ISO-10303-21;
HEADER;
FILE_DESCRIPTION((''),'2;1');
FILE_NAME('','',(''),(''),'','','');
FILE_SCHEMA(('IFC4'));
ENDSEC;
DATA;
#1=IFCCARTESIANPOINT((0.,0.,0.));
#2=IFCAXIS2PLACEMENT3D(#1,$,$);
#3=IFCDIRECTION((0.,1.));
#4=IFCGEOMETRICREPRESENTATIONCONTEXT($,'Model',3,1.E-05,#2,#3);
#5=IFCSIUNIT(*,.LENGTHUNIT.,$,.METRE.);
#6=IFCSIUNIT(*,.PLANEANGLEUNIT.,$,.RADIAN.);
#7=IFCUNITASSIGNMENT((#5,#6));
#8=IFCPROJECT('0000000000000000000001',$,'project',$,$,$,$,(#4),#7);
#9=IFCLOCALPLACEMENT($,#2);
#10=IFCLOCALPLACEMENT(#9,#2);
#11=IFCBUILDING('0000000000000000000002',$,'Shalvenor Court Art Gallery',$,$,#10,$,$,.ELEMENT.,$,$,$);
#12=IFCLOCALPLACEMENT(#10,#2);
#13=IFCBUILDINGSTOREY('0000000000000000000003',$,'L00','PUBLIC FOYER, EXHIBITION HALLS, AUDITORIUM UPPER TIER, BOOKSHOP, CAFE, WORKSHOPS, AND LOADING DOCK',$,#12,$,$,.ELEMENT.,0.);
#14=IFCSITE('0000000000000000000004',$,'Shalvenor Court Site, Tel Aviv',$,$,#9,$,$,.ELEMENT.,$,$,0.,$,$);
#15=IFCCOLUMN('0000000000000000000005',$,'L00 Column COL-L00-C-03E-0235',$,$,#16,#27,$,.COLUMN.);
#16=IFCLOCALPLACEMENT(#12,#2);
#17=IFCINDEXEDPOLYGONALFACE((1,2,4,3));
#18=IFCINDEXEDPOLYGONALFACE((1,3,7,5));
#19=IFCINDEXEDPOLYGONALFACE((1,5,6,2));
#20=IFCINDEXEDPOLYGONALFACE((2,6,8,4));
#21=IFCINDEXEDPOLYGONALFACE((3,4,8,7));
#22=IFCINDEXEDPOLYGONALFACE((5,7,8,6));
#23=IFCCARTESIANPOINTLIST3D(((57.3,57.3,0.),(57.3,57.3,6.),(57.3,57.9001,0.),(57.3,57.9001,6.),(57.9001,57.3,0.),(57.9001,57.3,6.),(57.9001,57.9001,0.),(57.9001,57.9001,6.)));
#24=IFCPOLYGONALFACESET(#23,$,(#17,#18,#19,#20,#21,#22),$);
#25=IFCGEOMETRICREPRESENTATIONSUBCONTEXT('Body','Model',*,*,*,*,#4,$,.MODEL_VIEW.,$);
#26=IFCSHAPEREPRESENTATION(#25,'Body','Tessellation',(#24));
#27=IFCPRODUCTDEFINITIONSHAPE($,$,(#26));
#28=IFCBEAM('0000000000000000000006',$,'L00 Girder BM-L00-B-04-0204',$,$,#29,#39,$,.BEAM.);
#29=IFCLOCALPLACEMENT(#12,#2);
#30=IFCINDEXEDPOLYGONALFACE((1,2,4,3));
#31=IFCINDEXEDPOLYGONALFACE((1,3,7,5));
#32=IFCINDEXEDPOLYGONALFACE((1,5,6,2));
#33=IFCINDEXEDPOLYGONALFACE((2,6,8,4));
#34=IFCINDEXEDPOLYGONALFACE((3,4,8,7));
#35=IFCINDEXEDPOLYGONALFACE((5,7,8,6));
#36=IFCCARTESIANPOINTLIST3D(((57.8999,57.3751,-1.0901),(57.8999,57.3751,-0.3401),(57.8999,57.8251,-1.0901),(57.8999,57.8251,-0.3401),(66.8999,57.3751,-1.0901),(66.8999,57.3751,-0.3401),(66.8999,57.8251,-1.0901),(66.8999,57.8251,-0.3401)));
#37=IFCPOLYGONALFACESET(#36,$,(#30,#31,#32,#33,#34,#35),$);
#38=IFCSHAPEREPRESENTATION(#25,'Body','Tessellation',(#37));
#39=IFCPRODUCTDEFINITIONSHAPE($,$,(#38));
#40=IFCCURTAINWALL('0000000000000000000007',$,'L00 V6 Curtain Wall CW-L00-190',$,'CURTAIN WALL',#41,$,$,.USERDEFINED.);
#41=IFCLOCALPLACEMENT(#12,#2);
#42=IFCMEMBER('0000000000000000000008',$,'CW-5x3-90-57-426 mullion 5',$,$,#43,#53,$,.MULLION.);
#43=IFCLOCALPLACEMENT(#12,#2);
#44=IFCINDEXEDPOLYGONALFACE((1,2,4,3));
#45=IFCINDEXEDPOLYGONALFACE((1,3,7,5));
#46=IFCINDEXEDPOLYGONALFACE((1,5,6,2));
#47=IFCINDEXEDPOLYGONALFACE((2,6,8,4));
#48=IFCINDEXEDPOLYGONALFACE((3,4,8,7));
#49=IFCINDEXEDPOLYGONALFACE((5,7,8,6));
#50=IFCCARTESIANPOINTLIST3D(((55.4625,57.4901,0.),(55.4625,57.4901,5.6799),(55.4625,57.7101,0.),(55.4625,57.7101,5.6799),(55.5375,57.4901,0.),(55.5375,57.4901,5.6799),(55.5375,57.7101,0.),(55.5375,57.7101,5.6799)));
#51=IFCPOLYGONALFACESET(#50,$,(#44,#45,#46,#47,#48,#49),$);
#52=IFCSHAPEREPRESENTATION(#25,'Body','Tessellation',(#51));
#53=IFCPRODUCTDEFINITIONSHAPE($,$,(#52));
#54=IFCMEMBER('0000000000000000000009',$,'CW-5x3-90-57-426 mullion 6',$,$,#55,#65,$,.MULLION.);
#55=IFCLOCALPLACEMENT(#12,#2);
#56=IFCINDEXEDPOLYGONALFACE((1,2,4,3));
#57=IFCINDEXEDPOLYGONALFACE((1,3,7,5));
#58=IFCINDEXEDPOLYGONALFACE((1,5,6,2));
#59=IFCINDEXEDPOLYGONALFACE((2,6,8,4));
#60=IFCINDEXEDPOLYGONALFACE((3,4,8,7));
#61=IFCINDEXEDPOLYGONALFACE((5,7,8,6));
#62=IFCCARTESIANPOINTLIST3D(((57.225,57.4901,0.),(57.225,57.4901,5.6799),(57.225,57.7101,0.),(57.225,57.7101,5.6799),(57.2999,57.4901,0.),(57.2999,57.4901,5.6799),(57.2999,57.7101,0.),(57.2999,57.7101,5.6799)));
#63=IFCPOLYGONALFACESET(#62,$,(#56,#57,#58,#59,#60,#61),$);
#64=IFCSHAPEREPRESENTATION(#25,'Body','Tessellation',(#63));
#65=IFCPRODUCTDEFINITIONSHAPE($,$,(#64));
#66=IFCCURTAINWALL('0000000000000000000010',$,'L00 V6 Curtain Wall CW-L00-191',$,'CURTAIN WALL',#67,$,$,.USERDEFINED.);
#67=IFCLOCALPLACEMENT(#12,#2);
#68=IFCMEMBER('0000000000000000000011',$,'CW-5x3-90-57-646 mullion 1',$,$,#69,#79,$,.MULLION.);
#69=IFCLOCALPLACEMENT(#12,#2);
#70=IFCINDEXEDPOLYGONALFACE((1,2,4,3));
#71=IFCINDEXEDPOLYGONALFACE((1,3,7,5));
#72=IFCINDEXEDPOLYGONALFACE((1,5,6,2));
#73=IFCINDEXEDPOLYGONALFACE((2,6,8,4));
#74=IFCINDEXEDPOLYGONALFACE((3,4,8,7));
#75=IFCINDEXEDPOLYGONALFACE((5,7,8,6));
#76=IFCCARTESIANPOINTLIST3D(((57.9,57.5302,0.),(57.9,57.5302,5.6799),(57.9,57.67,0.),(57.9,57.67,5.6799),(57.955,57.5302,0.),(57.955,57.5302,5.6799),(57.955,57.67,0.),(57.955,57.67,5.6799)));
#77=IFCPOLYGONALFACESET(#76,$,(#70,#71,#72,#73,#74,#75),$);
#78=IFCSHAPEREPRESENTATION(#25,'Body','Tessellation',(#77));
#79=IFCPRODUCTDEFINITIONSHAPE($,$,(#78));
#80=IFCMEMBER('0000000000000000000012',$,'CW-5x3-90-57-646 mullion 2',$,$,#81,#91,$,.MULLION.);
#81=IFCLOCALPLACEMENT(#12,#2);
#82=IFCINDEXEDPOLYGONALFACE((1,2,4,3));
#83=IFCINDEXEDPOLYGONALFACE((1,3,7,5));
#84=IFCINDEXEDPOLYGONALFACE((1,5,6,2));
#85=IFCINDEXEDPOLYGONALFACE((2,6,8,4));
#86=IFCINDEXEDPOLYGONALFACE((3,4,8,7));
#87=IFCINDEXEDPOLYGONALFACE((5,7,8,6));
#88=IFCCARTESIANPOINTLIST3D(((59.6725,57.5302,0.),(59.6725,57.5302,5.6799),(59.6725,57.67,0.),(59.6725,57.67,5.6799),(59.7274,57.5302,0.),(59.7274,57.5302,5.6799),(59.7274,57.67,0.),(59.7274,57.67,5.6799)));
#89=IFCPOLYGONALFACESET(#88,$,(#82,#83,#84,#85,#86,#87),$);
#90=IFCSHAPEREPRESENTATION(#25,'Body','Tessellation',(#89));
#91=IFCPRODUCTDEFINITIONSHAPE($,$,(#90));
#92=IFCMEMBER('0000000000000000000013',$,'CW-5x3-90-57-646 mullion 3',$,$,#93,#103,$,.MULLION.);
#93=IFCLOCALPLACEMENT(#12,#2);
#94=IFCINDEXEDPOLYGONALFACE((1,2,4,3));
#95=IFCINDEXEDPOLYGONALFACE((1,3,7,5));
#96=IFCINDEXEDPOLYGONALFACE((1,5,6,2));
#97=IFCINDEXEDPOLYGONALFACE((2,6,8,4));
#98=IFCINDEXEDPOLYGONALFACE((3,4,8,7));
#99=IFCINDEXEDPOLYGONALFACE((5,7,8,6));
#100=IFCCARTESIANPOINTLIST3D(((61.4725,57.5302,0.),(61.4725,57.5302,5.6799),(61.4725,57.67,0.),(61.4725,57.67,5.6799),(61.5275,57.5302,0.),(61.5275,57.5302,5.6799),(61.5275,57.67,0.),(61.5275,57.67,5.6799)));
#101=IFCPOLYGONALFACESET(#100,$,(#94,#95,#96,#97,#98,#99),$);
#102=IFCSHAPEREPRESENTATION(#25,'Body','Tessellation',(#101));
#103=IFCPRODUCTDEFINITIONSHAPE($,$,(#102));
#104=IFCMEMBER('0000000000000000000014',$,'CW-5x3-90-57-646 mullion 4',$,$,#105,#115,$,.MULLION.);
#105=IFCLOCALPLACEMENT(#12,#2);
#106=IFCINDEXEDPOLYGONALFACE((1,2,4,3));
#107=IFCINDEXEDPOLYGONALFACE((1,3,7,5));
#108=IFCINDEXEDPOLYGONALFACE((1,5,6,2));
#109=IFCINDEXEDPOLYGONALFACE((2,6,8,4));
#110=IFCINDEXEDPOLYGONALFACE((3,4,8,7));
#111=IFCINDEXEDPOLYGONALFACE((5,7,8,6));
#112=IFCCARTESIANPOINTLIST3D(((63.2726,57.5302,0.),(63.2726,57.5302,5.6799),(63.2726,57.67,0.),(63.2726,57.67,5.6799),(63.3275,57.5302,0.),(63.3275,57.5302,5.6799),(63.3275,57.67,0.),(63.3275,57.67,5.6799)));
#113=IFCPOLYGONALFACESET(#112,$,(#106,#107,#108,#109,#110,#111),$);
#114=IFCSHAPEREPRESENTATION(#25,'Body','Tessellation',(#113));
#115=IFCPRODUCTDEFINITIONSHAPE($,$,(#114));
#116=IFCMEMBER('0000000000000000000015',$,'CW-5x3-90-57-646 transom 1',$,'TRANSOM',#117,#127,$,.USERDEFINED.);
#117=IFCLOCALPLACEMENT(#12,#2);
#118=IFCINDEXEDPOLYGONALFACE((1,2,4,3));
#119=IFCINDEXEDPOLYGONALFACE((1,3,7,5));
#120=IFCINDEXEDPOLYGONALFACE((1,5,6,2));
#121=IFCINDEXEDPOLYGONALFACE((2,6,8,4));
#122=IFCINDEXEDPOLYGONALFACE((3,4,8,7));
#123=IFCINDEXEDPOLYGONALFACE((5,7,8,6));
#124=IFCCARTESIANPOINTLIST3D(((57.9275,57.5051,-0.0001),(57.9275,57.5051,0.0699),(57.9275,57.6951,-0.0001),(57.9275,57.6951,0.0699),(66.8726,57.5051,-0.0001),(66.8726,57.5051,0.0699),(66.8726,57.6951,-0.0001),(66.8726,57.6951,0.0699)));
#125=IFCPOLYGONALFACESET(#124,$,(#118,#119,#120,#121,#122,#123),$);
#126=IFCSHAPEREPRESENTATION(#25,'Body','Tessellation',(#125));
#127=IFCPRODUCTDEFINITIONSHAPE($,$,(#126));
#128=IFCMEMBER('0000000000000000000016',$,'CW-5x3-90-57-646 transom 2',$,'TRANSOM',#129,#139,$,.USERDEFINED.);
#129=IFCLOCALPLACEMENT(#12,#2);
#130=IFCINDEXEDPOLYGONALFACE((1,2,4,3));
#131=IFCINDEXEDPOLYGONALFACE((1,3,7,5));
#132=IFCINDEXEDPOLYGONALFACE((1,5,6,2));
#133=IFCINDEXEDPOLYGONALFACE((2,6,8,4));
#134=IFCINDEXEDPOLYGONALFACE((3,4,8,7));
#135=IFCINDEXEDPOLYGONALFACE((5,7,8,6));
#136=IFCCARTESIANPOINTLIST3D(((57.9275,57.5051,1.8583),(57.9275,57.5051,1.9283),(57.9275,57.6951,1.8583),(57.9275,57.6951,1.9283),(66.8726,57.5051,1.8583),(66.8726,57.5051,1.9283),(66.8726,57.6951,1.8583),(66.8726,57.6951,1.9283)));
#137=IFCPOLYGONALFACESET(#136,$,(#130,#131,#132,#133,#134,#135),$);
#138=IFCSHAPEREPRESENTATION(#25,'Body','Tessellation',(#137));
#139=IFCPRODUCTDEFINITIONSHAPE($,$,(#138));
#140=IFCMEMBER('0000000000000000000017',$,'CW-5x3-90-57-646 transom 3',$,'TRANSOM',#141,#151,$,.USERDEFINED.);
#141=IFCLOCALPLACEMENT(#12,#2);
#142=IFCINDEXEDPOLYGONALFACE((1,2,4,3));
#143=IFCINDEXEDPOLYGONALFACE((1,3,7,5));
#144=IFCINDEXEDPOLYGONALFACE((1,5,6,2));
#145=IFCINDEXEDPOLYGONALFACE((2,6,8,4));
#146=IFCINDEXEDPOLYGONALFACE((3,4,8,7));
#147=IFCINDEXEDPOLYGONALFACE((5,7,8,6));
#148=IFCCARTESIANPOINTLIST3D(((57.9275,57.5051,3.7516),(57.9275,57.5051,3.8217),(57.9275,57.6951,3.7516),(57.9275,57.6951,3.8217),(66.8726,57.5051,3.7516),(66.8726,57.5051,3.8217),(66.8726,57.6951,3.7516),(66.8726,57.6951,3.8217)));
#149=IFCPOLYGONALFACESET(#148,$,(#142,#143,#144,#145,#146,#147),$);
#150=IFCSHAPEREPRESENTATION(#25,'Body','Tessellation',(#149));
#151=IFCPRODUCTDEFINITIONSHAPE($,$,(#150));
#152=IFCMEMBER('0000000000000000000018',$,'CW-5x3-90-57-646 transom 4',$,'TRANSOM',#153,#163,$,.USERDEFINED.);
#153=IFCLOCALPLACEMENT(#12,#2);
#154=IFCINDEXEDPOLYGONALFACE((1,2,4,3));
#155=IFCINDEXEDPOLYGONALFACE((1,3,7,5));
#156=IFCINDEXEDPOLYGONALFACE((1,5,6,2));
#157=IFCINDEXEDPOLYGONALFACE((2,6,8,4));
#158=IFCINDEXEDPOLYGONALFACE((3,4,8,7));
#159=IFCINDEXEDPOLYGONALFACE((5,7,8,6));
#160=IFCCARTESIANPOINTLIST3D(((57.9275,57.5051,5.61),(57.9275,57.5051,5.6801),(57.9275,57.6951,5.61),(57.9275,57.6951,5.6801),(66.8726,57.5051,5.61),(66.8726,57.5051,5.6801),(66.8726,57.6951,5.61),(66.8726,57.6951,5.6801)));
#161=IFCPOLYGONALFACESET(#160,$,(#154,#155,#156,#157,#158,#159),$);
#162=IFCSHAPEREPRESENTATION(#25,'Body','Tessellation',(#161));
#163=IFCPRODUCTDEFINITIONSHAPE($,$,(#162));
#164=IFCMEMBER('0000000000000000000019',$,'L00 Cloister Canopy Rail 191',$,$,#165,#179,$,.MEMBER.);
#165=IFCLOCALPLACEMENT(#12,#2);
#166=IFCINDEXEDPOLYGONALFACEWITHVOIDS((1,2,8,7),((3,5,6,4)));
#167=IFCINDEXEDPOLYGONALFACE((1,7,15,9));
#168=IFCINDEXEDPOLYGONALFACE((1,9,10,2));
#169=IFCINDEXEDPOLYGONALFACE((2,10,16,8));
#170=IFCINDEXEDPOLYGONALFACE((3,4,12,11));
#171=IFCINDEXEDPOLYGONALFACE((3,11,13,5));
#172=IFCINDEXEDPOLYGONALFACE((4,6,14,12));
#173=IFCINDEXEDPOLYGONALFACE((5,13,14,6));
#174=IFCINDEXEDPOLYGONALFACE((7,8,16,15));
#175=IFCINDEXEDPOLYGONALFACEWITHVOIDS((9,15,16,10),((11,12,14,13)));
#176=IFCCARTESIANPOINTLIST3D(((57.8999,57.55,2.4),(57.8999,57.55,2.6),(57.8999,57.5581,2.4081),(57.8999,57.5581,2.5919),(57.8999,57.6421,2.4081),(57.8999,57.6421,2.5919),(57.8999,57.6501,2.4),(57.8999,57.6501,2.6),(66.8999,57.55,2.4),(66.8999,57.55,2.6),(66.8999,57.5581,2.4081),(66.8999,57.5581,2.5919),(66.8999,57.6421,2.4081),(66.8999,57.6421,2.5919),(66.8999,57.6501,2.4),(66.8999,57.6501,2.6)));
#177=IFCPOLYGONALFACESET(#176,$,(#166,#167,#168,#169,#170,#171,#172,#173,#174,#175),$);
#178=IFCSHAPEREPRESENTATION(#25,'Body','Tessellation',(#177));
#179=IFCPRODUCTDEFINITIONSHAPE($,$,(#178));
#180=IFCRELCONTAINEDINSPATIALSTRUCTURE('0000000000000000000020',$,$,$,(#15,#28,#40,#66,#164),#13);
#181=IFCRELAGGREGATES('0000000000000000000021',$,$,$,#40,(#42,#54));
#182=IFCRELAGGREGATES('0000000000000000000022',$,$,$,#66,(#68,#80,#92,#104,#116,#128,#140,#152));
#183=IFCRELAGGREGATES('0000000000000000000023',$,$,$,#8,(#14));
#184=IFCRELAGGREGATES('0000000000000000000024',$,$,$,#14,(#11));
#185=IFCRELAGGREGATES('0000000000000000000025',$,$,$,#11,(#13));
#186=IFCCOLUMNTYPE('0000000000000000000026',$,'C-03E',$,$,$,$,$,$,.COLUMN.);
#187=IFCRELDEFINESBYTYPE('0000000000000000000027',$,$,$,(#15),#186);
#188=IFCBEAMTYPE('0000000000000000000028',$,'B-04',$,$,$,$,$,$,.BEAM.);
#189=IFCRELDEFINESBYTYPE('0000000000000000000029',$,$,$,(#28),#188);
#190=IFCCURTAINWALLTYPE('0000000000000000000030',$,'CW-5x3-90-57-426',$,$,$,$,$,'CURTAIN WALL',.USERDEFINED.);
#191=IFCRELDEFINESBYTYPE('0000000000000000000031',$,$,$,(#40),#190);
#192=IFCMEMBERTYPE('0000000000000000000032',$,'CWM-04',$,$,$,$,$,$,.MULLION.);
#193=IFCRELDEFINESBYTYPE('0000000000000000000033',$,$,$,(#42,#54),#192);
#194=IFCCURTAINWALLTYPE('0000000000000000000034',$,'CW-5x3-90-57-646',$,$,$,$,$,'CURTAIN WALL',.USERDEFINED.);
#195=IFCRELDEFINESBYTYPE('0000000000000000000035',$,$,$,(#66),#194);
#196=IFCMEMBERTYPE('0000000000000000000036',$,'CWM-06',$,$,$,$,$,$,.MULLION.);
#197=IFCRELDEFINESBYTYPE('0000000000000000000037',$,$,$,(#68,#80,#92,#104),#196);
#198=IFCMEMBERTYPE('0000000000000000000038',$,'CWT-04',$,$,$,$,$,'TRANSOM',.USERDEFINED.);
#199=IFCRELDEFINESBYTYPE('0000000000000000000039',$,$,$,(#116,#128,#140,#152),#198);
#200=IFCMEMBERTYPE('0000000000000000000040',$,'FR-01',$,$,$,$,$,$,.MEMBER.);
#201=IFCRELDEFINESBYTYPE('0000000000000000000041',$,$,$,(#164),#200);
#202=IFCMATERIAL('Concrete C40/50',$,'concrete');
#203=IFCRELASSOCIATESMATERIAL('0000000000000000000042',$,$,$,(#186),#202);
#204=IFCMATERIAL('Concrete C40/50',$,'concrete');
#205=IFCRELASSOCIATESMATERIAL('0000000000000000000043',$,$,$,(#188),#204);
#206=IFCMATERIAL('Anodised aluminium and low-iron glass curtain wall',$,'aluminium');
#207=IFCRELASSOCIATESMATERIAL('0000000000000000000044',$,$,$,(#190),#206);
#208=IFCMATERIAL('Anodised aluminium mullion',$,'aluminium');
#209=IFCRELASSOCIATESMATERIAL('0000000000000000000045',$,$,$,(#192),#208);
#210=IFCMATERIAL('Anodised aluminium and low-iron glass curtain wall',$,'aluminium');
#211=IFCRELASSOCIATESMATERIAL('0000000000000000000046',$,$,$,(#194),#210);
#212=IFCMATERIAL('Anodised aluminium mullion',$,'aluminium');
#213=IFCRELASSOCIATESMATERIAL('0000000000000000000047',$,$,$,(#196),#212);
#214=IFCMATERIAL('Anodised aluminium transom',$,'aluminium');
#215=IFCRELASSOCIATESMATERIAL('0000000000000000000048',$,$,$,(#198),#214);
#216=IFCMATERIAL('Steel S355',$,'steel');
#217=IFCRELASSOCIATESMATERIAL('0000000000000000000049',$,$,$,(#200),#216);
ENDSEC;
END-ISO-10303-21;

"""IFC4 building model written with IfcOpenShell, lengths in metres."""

from ifc_helpers import new_model, si_unit, direction, frame, origin, origin_2d, place, context, subcontext, project, spatial, rectangle, hollow_rectangle, extrude, material, material_profile, profile_set, type_object, element, aggregate, save


model = new_model("IFC4")

# Units and contexts
model_context = context("Model", 3, precision=1e-05, world=origin(), true_north=direction((0.0, 1.0)))
body_context = subcontext(model_context, "Body", "Model", "MODEL_VIEW")
ifc_project = project(units=[si_unit("LENGTHUNIT", "METRE"), si_unit("PLANEANGLEUNIT", "RADIAN")], contexts=[model_context])

# Site, building, storey
site_placement = place(None, origin())
site = spatial("IfcSite", under=ifc_project, at=site_placement, Name="Shalvenor Court Site, Tel Aviv", CompositionType="ELEMENT", RefElevation=0.0)
building_placement = place(site_placement, origin())
building = spatial("IfcBuilding", under=site, at=building_placement, Name="Shalvenor Court Art Gallery", CompositionType="ELEMENT")
storey_placement = place(building_placement, origin())
storey = spatial("IfcBuildingStorey", under=building, at=storey_placement, Name="L00", Description="PUBLIC FOYER, EXHIBITION HALLS, AUDITORIUM UPPER TIER, BOOKSHOP, CAFE, WORKSHOPS, AND LOADING DOCK", CompositionType="ELEMENT", Elevation=0.0)

# Column
ifc_material_1 = material(Name="Concrete C40/50", Category="concrete")
ifc_material_profile_1 = material_profile(ifc_material_1, rectangle(XDim=0.6001, YDim=0.6001, at=origin_2d()), Name="RC 600x600")
ifc_profile_set_1 = profile_set([ifc_material_profile_1], Name="Concrete C40/50")
column_type = type_object("IfcColumnType", Name="C-03E", PredefinedType="COLUMN", material=ifc_profile_set_1)
column_placement = place(storey_placement, frame((57.6001, 57.6001, 0.0), z_axis=(0.0, 0.0, 1.0), x_axis=(1.0, 0.0, 0.0)))
element("IfcColumn", 1, at=column_placement, inside=storey, type_object=column_type, Name="L00 Column COL-L00-C-03E-0235", PredefinedType="COLUMN", context=body_context, shape_type="SweptSolid", body=[
    extrude(rectangle(XDim=0.6001, YDim=0.6001, at=origin_2d()), origin(), (0.0, 0.0, 1.0), 6.0),
])

# Beam
ifc_material_2 = material(Name="Concrete C40/50", Category="concrete")
ifc_material_profile_2 = material_profile(ifc_material_2, rectangle(XDim=0.45, YDim=0.75, at=origin_2d()), Name="RC 450x750")
ifc_profile_set_2 = profile_set([ifc_material_profile_2], Name="Concrete C40/50")
beam_type = type_object("IfcBeamType", Name="B-04", PredefinedType="BEAM", material=ifc_profile_set_2)
beam_placement = place(storey_placement, frame((57.8999, 57.6001, -0.7151), z_axis=(1.0, 0.0, 0.0), x_axis=(0.0, 1.0, 0.0)))
element("IfcBeam", 2, at=beam_placement, inside=storey, type_object=beam_type, Name="L00 Girder BM-L00-B-04-0204", PredefinedType="BEAM", context=body_context, shape_type="SweptSolid", body=[
    extrude(rectangle(XDim=0.45, YDim=0.75, at=origin_2d()), origin(), (0.0, 0.0, 1.0), 9.0),
])

# Curtain walls, members
ifc_material_3 = material(Name="Anodised aluminium and low-iron glass curtain wall", Category="aluminium")
curtain_wall_type_1 = type_object("IfcCurtainWallType", Name="CW-5x3-90-57-426", ElementType="CURTAIN WALL", PredefinedType="USERDEFINED", material=ifc_material_3)
curtain_wall_1_placement = place(storey_placement, origin())
curtain_wall_1 = element("IfcCurtainWall", 3, at=curtain_wall_1_placement, inside=storey, type_object=curtain_wall_type_1, Name="L00 V6 Curtain Wall CW-L00-190", ObjectType="CURTAIN WALL", PredefinedType="USERDEFINED")
ifc_material_4 = material(Name="Anodised aluminium mullion", Category="aluminium")
ifc_material_profile_3 = material_profile(ifc_material_4, rectangle(XDim=0.075, YDim=0.22, at=origin_2d()), Name="CWM-04")
ifc_profile_set_3 = profile_set([ifc_material_profile_3], Name="Anodised aluminium mullion")
member_type_1 = type_object("IfcMemberType", Name="CWM-04", PredefinedType="MULLION", material=ifc_profile_set_3)
member_1_placement = place(storey_placement, frame((55.5, 57.6001, 0.0), z_axis=(0.0, 0.0, 1.0), x_axis=(1.0, 0.0, 0.0)))
member_1 = element("IfcMember", 4, at=member_1_placement, type_object=member_type_1, Name="CW-5x3-90-57-426 mullion 5", PredefinedType="MULLION", context=body_context, shape_type="SweptSolid", body=[
    extrude(rectangle(XDim=0.075, YDim=0.22, at=origin_2d()), origin(), (0.0, 0.0, 1.0), 5.6799),
])
member_2_placement = place(storey_placement, frame((57.2625, 57.6001, 0.0), z_axis=(0.0, 0.0, 1.0), x_axis=(1.0, 0.0, 0.0)))
member_2 = element("IfcMember", 5, at=member_2_placement, type_object=member_type_1, Name="CW-5x3-90-57-426 mullion 6", PredefinedType="MULLION", context=body_context, shape_type="SweptSolid", body=[
    extrude(rectangle(XDim=0.075, YDim=0.22, at=origin_2d()), origin(), (0.0, 0.0, 1.0), 5.6799),
])
ifc_material_5 = material(Name="Anodised aluminium and low-iron glass curtain wall", Category="aluminium")
curtain_wall_type_2 = type_object("IfcCurtainWallType", Name="CW-5x3-90-57-646", ElementType="CURTAIN WALL", PredefinedType="USERDEFINED", material=ifc_material_5)
curtain_wall_2_placement = place(storey_placement, origin())
curtain_wall_2 = element("IfcCurtainWall", 6, at=curtain_wall_2_placement, inside=storey, type_object=curtain_wall_type_2, Name="L00 V6 Curtain Wall CW-L00-191", ObjectType="CURTAIN WALL", PredefinedType="USERDEFINED")
ifc_material_6 = material(Name="Anodised aluminium mullion", Category="aluminium")
ifc_material_profile_4 = material_profile(ifc_material_6, rectangle(XDim=0.0549, YDim=0.1399, at=origin_2d()), Name="CWM-06")
ifc_profile_set_4 = profile_set([ifc_material_profile_4], Name="Anodised aluminium mullion")
member_type_2 = type_object("IfcMemberType", Name="CWM-06", PredefinedType="MULLION", material=ifc_profile_set_4)
member_3_placement = place(storey_placement, frame((57.9275, 57.6001, 0.0), z_axis=(0.0, 0.0, 1.0), x_axis=(1.0, 0.0, 0.0)))
member_3 = element("IfcMember", 7, at=member_3_placement, type_object=member_type_2, Name="CW-5x3-90-57-646 mullion 1", PredefinedType="MULLION", context=body_context, shape_type="SweptSolid", body=[
    extrude(rectangle(XDim=0.0549, YDim=0.1399, at=origin_2d()), origin(), (0.0, 0.0, 1.0), 5.6799),
])
member_4_placement = place(storey_placement, frame((59.7, 57.6001, 0.0), z_axis=(0.0, 0.0, 1.0), x_axis=(1.0, 0.0, 0.0)))
member_4 = element("IfcMember", 8, at=member_4_placement, type_object=member_type_2, Name="CW-5x3-90-57-646 mullion 2", PredefinedType="MULLION", context=body_context, shape_type="SweptSolid", body=[
    extrude(rectangle(XDim=0.0549, YDim=0.1399, at=origin_2d()), origin(), (0.0, 0.0, 1.0), 5.6799),
])
member_5_placement = place(storey_placement, frame((61.5, 57.6001, 0.0), z_axis=(0.0, 0.0, 1.0), x_axis=(1.0, 0.0, 0.0)))
member_5 = element("IfcMember", 9, at=member_5_placement, type_object=member_type_2, Name="CW-5x3-90-57-646 mullion 3", PredefinedType="MULLION", context=body_context, shape_type="SweptSolid", body=[
    extrude(rectangle(XDim=0.0549, YDim=0.1399, at=origin_2d()), origin(), (0.0, 0.0, 1.0), 5.6799),
])
member_6_placement = place(storey_placement, frame((63.3, 57.6001, 0.0), z_axis=(0.0, 0.0, 1.0), x_axis=(1.0, 0.0, 0.0)))
member_6 = element("IfcMember", 10, at=member_6_placement, type_object=member_type_2, Name="CW-5x3-90-57-646 mullion 4", PredefinedType="MULLION", context=body_context, shape_type="SweptSolid", body=[
    extrude(rectangle(XDim=0.0549, YDim=0.1399, at=origin_2d()), origin(), (0.0, 0.0, 1.0), 5.6799),
])
ifc_material_7 = material(Name="Anodised aluminium transom", Category="aluminium")
ifc_material_profile_5 = material_profile(ifc_material_7, rectangle(XDim=0.1899, YDim=0.0701, at=origin_2d()), Name="CWT-04")
ifc_profile_set_5 = profile_set([ifc_material_profile_5], Name="Anodised aluminium transom")
member_type_3 = type_object("IfcMemberType", Name="CWT-04", ElementType="TRANSOM", PredefinedType="USERDEFINED", material=ifc_profile_set_5)
member_7_placement = place(storey_placement, frame((57.9275, 57.6001, 0.0349), z_axis=(1.0, 0.0, 0.0), x_axis=(0.0, 1.0, 0.0)))
member_7 = element("IfcMember", 11, at=member_7_placement, type_object=member_type_3, Name="CW-5x3-90-57-646 transom 1", ObjectType="TRANSOM", PredefinedType="USERDEFINED", context=body_context, shape_type="SweptSolid", body=[
    extrude(rectangle(XDim=0.1899, YDim=0.0701, at=origin_2d()), origin(), (0.0, 0.0, 1.0), 8.9451),
])
member_8_placement = place(storey_placement, frame((57.9275, 57.6001, 1.8933), z_axis=(1.0, 0.0, 0.0), x_axis=(0.0, 1.0, 0.0)))
member_8 = element("IfcMember", 12, at=member_8_placement, type_object=member_type_3, Name="CW-5x3-90-57-646 transom 2", ObjectType="TRANSOM", PredefinedType="USERDEFINED", context=body_context, shape_type="SweptSolid", body=[
    extrude(rectangle(XDim=0.1899, YDim=0.0701, at=origin_2d()), origin(), (0.0, 0.0, 1.0), 8.9451),
])
member_9_placement = place(storey_placement, frame((57.9275, 57.6001, 3.7866), z_axis=(1.0, 0.0, 0.0), x_axis=(0.0, 1.0, 0.0)))
member_9 = element("IfcMember", 13, at=member_9_placement, type_object=member_type_3, Name="CW-5x3-90-57-646 transom 3", ObjectType="TRANSOM", PredefinedType="USERDEFINED", context=body_context, shape_type="SweptSolid", body=[
    extrude(rectangle(XDim=0.1899, YDim=0.0701, at=origin_2d()), origin(), (0.0, 0.0, 1.0), 8.9451),
])
member_10_placement = place(storey_placement, frame((57.9275, 57.6001, 5.645), z_axis=(1.0, 0.0, 0.0), x_axis=(0.0, 1.0, 0.0)))
member_10 = element("IfcMember", 14, at=member_10_placement, type_object=member_type_3, Name="CW-5x3-90-57-646 transom 4", ObjectType="TRANSOM", PredefinedType="USERDEFINED", context=body_context, shape_type="SweptSolid", body=[
    extrude(rectangle(XDim=0.1899, YDim=0.0701, at=origin_2d()), origin(), (0.0, 0.0, 1.0), 8.9451),
])

# Member
ifc_material_8 = material(Name="Steel S355", Category="steel")
ifc_material_profile_6 = material_profile(ifc_material_8, hollow_rectangle(XDim=0.1001, YDim=0.2, WallThickness=0.0081, at=origin_2d()), Name="RHS 200x100x8.0")
ifc_profile_set_6 = profile_set([ifc_material_profile_6], Name="Steel S355")
member_type_4 = type_object("IfcMemberType", Name="FR-01", PredefinedType="MEMBER", material=ifc_profile_set_6)
member_11_placement = place(storey_placement, frame((57.8999, 57.6001, 2.5), z_axis=(1.0, 0.0, 0.0), x_axis=(0.0, 1.0, 0.0)))
element("IfcMember", 15, at=member_11_placement, inside=storey, type_object=member_type_4, Name="L00 Cloister Canopy Rail 191", PredefinedType="MEMBER", context=body_context, shape_type="SweptSolid", body=[
    extrude(hollow_rectangle(XDim=0.1001, YDim=0.2, WallThickness=0.0081, at=origin_2d()), origin(), (0.0, 0.0, 1.0), 9.0),
])

aggregate(curtain_wall_1, [member_1, member_2])
aggregate(curtain_wall_2, [member_3, member_4, member_5, member_6, member_7, member_8, member_9, member_10])

save(model, "model.ifc")
